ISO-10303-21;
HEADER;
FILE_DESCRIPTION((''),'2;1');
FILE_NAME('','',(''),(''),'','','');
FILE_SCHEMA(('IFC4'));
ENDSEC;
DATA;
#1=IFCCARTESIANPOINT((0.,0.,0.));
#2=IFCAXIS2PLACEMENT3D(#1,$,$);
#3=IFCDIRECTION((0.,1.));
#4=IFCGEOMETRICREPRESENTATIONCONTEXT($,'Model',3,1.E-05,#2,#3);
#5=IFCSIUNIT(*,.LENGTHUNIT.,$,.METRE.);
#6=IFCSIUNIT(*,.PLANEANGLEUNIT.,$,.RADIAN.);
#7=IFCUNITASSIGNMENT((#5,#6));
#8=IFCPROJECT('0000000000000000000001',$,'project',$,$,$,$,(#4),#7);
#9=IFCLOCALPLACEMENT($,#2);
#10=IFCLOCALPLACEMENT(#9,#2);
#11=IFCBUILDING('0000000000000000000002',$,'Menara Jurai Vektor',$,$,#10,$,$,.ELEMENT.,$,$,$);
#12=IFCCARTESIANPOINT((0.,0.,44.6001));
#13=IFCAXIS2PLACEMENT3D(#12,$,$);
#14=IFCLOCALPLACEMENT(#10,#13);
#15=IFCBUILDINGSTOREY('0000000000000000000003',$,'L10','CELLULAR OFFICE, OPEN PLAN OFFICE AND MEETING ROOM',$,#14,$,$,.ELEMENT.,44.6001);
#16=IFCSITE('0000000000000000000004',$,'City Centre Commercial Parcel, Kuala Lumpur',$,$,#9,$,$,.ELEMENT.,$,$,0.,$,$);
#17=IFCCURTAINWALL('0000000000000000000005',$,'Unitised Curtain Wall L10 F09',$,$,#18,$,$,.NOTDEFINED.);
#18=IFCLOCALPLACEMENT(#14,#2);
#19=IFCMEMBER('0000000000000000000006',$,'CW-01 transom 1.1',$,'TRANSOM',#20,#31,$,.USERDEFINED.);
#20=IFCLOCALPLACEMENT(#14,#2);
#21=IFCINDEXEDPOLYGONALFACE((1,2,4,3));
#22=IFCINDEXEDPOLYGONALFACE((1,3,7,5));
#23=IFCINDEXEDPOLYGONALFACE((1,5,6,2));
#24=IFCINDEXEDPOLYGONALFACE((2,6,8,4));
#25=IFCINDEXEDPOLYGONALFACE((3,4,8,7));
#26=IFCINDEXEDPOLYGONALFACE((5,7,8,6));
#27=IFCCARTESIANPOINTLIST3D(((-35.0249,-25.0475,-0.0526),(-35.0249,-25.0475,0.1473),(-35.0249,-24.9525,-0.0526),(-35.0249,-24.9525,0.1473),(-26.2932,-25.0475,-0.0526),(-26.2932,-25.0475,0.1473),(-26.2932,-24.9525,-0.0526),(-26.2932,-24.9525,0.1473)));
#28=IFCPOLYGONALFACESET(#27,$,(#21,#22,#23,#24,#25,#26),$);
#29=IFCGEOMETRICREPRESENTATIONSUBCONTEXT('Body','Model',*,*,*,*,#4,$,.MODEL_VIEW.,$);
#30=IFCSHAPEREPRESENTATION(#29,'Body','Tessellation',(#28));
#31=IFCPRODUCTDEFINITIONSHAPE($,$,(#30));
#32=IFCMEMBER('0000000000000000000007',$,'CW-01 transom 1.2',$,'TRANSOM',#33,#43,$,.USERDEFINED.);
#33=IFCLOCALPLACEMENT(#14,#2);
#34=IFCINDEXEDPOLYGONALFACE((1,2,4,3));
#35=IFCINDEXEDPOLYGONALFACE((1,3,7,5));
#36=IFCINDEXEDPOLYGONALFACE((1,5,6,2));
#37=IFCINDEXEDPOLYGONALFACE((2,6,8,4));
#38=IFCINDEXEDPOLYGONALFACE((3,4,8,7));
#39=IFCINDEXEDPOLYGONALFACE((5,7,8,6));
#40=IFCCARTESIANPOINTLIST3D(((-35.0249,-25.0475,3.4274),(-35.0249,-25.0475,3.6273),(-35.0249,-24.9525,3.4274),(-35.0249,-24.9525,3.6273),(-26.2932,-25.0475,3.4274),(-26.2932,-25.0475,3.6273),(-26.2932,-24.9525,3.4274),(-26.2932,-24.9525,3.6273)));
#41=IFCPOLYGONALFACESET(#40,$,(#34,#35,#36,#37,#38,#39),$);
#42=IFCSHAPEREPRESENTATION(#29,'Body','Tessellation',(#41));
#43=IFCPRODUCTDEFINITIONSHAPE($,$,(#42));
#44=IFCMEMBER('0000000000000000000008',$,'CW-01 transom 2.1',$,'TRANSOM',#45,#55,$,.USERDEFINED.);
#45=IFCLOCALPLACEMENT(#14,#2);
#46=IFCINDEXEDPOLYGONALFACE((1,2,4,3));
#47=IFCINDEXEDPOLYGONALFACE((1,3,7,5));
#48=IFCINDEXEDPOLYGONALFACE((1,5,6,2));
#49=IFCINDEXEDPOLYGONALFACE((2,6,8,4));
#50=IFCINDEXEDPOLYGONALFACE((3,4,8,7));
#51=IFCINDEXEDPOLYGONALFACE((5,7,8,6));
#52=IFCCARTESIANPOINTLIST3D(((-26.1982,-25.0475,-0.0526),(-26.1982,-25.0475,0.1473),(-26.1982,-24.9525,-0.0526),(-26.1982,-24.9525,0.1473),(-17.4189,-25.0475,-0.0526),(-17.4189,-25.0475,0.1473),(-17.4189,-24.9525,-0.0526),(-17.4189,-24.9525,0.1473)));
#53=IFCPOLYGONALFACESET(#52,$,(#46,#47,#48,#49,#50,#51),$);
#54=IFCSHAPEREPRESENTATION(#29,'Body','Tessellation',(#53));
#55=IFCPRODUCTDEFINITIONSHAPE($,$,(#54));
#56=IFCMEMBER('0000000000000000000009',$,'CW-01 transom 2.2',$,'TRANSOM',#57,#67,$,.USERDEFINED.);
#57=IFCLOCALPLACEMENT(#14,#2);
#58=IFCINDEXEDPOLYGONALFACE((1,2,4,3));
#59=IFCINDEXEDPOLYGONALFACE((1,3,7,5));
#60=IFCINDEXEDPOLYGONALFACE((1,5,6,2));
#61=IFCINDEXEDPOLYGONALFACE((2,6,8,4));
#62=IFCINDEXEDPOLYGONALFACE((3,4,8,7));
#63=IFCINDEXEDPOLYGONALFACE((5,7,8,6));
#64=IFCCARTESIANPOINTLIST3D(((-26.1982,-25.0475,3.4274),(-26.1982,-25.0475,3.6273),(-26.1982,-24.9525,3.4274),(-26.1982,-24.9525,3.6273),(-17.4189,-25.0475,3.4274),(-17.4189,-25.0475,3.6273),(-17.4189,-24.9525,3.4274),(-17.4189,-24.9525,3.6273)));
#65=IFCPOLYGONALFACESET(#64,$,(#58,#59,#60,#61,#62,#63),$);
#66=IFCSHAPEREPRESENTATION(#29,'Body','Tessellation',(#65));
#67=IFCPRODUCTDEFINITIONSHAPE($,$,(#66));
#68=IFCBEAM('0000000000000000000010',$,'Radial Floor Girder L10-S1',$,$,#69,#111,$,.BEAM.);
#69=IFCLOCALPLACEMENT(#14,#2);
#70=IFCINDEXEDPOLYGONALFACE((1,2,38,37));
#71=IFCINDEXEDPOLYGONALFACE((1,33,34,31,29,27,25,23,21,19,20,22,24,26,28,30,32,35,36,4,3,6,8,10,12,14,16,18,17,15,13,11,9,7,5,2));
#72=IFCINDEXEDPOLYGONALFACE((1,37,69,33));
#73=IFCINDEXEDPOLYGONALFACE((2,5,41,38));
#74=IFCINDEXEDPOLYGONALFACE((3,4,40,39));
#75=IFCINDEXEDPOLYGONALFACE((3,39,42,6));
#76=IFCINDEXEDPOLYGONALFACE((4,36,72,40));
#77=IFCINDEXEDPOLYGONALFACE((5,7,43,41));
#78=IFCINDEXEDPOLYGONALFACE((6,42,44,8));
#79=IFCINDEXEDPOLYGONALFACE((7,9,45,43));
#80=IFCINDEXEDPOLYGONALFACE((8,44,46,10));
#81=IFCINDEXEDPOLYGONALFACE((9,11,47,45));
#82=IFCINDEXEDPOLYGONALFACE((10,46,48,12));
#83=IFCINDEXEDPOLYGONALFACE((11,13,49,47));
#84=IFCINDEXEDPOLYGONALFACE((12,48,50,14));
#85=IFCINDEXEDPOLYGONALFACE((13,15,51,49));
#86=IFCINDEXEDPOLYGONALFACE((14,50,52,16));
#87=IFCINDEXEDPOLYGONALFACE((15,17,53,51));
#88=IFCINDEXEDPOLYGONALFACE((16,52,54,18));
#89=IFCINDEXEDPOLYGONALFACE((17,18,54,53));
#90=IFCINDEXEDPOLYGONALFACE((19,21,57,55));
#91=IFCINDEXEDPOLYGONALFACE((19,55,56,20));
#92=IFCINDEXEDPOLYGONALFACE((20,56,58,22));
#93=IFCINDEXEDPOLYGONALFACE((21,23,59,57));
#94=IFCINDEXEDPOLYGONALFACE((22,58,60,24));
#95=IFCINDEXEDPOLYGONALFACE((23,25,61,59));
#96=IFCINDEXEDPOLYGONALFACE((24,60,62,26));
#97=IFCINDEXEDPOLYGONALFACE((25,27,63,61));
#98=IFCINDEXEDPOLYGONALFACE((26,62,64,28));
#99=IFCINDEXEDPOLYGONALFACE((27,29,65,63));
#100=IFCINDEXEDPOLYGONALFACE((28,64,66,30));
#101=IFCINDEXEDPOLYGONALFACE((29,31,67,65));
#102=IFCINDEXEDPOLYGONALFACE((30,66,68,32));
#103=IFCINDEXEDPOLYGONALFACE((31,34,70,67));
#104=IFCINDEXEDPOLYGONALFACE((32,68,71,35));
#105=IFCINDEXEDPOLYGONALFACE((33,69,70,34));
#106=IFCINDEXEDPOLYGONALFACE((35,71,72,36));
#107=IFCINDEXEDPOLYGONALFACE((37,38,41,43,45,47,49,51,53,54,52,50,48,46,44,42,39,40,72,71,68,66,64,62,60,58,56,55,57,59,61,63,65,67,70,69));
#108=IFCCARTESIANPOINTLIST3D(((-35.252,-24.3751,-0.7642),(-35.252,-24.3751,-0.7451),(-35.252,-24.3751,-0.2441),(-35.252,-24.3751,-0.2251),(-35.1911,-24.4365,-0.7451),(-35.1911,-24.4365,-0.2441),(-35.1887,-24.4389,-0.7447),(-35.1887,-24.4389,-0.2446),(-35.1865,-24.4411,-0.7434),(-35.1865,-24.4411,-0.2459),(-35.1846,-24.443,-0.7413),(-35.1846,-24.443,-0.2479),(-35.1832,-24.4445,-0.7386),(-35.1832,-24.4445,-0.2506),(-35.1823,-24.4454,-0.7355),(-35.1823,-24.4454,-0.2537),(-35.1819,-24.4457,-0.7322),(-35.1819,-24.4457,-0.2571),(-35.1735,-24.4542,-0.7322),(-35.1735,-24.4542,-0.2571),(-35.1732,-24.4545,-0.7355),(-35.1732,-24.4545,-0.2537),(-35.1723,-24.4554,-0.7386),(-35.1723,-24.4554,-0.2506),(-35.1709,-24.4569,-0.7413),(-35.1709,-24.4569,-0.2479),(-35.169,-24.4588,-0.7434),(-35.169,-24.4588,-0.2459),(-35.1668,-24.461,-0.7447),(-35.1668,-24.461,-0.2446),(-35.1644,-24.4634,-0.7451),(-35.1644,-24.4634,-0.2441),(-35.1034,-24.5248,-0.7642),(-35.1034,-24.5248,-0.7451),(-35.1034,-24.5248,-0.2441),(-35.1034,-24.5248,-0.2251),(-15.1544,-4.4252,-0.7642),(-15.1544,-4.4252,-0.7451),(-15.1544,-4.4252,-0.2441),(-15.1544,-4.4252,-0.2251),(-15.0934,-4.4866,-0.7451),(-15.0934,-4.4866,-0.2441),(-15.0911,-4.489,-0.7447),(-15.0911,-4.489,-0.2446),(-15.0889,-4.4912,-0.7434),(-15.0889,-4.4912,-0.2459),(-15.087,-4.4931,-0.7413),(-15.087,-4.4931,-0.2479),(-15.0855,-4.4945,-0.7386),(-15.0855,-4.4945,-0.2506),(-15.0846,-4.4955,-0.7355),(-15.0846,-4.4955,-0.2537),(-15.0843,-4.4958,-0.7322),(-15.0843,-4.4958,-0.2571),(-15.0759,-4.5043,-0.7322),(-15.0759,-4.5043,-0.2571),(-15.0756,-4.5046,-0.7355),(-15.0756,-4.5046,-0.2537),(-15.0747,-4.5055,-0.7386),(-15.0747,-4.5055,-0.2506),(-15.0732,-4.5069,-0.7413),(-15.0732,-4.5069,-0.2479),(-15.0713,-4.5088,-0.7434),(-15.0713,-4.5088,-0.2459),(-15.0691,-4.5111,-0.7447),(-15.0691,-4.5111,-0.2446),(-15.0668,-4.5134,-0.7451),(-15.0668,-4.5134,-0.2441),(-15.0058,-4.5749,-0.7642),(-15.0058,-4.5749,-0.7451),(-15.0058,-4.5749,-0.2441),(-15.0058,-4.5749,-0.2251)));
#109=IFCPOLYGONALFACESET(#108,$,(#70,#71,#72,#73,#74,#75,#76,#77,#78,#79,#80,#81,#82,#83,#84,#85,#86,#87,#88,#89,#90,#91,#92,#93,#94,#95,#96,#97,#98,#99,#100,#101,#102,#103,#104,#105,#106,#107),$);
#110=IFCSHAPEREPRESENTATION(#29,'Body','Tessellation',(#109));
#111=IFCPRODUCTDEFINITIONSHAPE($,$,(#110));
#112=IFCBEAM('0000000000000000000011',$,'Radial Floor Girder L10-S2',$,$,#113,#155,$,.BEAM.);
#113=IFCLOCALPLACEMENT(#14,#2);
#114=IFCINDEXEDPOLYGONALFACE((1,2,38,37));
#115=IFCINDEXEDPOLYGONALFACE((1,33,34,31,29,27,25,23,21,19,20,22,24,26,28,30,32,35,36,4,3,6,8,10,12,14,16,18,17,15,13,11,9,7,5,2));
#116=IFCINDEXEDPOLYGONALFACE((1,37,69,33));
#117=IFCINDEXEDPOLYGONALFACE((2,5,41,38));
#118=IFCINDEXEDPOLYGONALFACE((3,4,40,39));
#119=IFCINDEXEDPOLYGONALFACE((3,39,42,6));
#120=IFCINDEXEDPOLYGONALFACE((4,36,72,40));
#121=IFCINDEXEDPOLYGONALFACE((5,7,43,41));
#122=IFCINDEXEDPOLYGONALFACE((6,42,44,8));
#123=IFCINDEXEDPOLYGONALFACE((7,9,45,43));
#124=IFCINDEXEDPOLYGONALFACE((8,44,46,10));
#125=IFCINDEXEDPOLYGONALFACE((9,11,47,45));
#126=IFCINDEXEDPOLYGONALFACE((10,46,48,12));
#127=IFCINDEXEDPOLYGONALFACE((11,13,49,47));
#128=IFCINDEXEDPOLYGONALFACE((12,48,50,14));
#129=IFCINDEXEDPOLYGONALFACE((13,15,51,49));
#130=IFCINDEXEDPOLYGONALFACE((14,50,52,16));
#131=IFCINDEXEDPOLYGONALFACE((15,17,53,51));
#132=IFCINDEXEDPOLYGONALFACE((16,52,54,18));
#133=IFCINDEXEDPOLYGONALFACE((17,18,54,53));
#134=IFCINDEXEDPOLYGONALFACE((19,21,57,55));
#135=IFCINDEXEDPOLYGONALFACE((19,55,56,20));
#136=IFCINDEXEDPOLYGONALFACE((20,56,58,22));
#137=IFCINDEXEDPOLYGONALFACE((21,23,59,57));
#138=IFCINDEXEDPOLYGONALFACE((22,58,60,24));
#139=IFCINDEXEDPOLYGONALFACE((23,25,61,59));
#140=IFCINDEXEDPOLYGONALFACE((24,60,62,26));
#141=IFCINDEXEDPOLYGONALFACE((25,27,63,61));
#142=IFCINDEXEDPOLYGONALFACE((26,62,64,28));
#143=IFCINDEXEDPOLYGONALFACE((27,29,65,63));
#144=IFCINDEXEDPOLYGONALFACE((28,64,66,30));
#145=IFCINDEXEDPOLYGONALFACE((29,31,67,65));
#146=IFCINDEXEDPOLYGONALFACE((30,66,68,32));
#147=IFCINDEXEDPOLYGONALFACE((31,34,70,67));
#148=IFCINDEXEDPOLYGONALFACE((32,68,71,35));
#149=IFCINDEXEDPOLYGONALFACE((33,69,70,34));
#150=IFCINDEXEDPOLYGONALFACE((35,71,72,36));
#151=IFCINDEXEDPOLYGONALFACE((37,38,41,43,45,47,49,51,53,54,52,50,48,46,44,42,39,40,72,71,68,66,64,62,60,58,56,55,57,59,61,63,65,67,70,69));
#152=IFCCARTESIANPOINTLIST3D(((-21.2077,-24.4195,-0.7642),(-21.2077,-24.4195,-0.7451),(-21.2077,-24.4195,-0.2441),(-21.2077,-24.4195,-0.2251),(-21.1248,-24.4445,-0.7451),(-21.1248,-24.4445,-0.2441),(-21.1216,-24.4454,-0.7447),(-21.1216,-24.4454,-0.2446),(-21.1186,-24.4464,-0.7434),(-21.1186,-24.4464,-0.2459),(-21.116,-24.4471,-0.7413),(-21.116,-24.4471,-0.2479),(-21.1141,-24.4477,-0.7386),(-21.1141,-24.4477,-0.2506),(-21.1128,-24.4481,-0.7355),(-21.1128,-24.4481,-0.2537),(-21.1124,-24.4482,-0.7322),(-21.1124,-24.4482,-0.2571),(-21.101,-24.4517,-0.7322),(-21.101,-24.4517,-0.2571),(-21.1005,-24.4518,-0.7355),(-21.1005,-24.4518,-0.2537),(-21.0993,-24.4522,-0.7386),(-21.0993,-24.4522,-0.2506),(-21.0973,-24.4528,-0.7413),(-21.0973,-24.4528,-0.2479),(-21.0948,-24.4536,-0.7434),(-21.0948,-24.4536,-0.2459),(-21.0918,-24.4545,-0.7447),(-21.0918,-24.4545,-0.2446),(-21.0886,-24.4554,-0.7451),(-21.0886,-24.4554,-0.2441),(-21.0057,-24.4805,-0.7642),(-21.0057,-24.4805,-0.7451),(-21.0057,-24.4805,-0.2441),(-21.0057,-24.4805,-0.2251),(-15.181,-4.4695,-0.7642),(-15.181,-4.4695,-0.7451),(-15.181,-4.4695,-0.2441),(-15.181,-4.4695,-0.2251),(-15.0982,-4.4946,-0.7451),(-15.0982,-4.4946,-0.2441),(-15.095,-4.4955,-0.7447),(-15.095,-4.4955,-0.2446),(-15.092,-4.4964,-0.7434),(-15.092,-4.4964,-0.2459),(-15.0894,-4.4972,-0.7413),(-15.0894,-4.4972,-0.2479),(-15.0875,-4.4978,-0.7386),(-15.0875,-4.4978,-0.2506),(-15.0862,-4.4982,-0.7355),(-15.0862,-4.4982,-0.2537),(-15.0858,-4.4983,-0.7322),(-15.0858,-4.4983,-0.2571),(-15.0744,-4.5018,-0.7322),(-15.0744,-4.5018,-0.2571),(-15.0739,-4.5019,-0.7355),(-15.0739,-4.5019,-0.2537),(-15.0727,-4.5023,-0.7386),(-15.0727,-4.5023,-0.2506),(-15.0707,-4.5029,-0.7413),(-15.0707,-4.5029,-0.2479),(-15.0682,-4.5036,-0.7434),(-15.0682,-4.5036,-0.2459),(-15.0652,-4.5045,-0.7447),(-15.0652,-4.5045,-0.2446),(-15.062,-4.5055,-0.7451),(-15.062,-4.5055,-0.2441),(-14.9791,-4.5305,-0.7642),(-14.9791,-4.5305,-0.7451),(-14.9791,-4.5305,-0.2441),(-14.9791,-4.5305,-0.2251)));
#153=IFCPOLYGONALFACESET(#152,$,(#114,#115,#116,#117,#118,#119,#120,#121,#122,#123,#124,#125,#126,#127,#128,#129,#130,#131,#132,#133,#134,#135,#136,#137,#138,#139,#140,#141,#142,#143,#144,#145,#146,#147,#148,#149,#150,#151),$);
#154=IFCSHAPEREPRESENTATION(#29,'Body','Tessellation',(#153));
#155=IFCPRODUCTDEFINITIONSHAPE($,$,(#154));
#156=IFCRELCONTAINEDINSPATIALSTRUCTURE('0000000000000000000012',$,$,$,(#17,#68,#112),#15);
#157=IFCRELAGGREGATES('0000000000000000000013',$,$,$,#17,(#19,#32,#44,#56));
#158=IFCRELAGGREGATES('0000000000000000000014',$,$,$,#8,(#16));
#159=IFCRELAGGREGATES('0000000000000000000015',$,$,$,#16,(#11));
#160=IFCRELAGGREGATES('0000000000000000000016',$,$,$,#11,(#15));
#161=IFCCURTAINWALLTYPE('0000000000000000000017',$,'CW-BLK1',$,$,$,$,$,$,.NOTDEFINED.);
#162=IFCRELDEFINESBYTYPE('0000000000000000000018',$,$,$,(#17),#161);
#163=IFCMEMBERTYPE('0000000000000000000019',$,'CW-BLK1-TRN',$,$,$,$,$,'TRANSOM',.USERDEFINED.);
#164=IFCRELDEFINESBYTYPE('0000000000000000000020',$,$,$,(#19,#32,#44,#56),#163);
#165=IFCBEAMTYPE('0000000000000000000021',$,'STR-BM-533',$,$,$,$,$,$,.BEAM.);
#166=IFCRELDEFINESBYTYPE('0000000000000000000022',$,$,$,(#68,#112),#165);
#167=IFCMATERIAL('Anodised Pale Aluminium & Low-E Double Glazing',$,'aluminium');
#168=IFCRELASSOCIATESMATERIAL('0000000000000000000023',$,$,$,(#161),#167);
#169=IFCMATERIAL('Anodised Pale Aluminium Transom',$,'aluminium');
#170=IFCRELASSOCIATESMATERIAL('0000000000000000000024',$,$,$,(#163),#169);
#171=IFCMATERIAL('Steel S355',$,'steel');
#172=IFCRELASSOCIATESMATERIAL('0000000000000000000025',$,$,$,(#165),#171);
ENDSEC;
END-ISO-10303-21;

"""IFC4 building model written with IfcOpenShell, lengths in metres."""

from ifc_helpers import new_model, si_unit, direction, frame, origin, origin_2d, place, context, subcontext, project, spatial, rectangle, i_section, extrude, material, material_profile, profile_set, type_object, element, aggregate, save


model = new_model("IFC4")

# Units and contexts
model_context = context("Model", 3, precision=1e-05, world=origin(), true_north=direction((0.0, 1.0)))
body_context = subcontext(model_context, "Body", "Model", "MODEL_VIEW")
ifc_project = project(units=[si_unit("LENGTHUNIT", "METRE"), si_unit("PLANEANGLEUNIT", "RADIAN")], contexts=[model_context])

# Site, building, storey
site_placement = place(None, origin())
site = spatial("IfcSite", under=ifc_project, at=site_placement, Name="City Centre Commercial Parcel, Kuala Lumpur", CompositionType="ELEMENT", RefElevation=0.0)
building_placement = place(site_placement, origin())
building = spatial("IfcBuilding", under=site, at=building_placement, Name="Menara Jurai Vektor", CompositionType="ELEMENT")
storey_placement = place(building_placement, frame((0.0, 0.0, 44.6001)))
storey = spatial("IfcBuildingStorey", under=building, at=storey_placement, Name="L10", Description="CELLULAR OFFICE, OPEN PLAN OFFICE AND MEETING ROOM", CompositionType="ELEMENT", Elevation=44.6001)

# Curtain wall
ifc_material_1 = material(Name="Anodised Pale Aluminium & Low-E Double Glazing", Category="aluminium")
curtain_wall_type = type_object("IfcCurtainWallType", Name="CW-BLK1", PredefinedType="NOTDEFINED", material=ifc_material_1)
curtain_wall_1_placement = place(storey_placement, origin())
curtain_wall_1 = element("IfcCurtainWall", 1, at=curtain_wall_1_placement, inside=storey, type_object=curtain_wall_type, Name="Unitised Curtain Wall L10 F09", PredefinedType="NOTDEFINED")

# Members
ifc_material_2 = material(Name="Anodised Pale Aluminium Transom", Category="aluminium")
ifc_material_profile_1 = material_profile(ifc_material_2, rectangle(XDim=0.095, YDim=0.2, at=origin_2d()), Name="ALU TRN 95x200")
ifc_profile_set_1 = profile_set([ifc_material_profile_1], Name="Anodised Pale Aluminium Transom")
member_type_1 = type_object("IfcMemberType", Name="CW-BLK1-TRN", ElementType="TRANSOM", PredefinedType="USERDEFINED", material=ifc_profile_set_1)
member_1_placement = place(storey_placement, frame((-35.0249, -25.0, 0.0474), z_axis=(1.0, 0.0, 0.0), x_axis=(0.0, 1.0, 0.0)))
member_1 = element("IfcMember", 2, at=member_1_placement, type_object=member_type_1, Name="CW-01 transom 1.1", ObjectType="TRANSOM", PredefinedType="USERDEFINED", context=body_context, shape_type="SweptSolid", body=[
    extrude(rectangle(XDim=0.095, YDim=0.2, at=origin_2d()), origin(), (0.0, 0.0, 1.0), 8.7317),
])
member_2_placement = place(storey_placement, frame((-35.0249, -25.0, 3.5273), z_axis=(1.0, 0.0, 0.0), x_axis=(0.0, 1.0, 0.0)))
member_2 = element("IfcMember", 3, at=member_2_placement, type_object=member_type_1, Name="CW-01 transom 1.2", ObjectType="TRANSOM", PredefinedType="USERDEFINED", context=body_context, shape_type="SweptSolid", body=[
    extrude(rectangle(XDim=0.095, YDim=0.2, at=origin_2d()), origin(), (0.0, 0.0, 1.0), 8.7317),
])
member_3_placement = place(storey_placement, frame((-26.1982, -25.0, 0.0474), z_axis=(1.0, 0.0, 0.0), x_axis=(0.0, 1.0, 0.0)))
member_3 = element("IfcMember", 4, at=member_3_placement, type_object=member_type_1, Name="CW-01 transom 2.1", ObjectType="TRANSOM", PredefinedType="USERDEFINED", context=body_context, shape_type="SweptSolid", body=[
    extrude(rectangle(XDim=0.095, YDim=0.2, at=origin_2d()), origin(), (0.0, 0.0, 1.0), 8.7793),
])
member_4_placement = place(storey_placement, frame((-26.1982, -25.0, 3.5273), z_axis=(1.0, 0.0, 0.0), x_axis=(0.0, 1.0, 0.0)))
member_4 = element("IfcMember", 5, at=member_4_placement, type_object=member_type_1, Name="CW-01 transom 2.2", ObjectType="TRANSOM", PredefinedType="USERDEFINED", context=body_context, shape_type="SweptSolid", body=[
    extrude(rectangle(XDim=0.095, YDim=0.2, at=origin_2d()), origin(), (0.0, 0.0, 1.0), 8.7793),
])

# Beams
ifc_material_3 = material(Name="Steel S355", Category="steel")
ifc_material_profile_2 = material_profile(ifc_material_3, i_section(OverallWidth=0.2109, OverallDepth=0.5391, WebThickness=0.012, FlangeThickness=0.019, FilletRadius=0.0129, at=origin_2d()), Name="UKB 533x210x109")
ifc_profile_set_2 = profile_set([ifc_material_profile_2], Name="Steel S355")
beam_type_1 = type_object("IfcBeamType", Name="STR-BM-533", PredefinedType="BEAM", material=ifc_profile_set_2)
beam_1_placement = place(storey_placement, frame((-35.1777, -24.45, -0.4946), z_axis=(0.70971, 0.704494, 0.0), x_axis=(-0.704494, 0.70971, 0.0)))
element("IfcBeam", 6, at=beam_1_placement, inside=storey, type_object=beam_type_1, Name="Radial Floor Girder L10-S1", PredefinedType="BEAM", context=body_context, shape_type="SweptSolid", body=[
    extrude(i_section(OverallWidth=0.2109, OverallDepth=0.5391, WebThickness=0.012, FlangeThickness=0.019, FilletRadius=0.0129, at=origin_2d()), origin(), (0.0, 0.0, 1.0), 28.3181),
])
beam_2_placement = place(storey_placement, frame((-21.1067, -24.45, -0.4946), z_axis=(0.28918, 0.957275, 0.0), x_axis=(-0.957275, 0.28918, 0.0)))
element("IfcBeam", 7, at=beam_2_placement, inside=storey, type_object=beam_type_1, Name="Radial Floor Girder L10-S2", PredefinedType="BEAM", context=body_context, shape_type="SweptSolid", body=[
    extrude(i_section(OverallWidth=0.2109, OverallDepth=0.5391, WebThickness=0.012, FlangeThickness=0.019, FilletRadius=0.0129, at=origin_2d()), origin(), (0.0, 0.0, 1.0), 20.8403),
])

aggregate(curtain_wall_1, [member_1, member_2, member_3, member_4])

save(model, "model.ifc")
